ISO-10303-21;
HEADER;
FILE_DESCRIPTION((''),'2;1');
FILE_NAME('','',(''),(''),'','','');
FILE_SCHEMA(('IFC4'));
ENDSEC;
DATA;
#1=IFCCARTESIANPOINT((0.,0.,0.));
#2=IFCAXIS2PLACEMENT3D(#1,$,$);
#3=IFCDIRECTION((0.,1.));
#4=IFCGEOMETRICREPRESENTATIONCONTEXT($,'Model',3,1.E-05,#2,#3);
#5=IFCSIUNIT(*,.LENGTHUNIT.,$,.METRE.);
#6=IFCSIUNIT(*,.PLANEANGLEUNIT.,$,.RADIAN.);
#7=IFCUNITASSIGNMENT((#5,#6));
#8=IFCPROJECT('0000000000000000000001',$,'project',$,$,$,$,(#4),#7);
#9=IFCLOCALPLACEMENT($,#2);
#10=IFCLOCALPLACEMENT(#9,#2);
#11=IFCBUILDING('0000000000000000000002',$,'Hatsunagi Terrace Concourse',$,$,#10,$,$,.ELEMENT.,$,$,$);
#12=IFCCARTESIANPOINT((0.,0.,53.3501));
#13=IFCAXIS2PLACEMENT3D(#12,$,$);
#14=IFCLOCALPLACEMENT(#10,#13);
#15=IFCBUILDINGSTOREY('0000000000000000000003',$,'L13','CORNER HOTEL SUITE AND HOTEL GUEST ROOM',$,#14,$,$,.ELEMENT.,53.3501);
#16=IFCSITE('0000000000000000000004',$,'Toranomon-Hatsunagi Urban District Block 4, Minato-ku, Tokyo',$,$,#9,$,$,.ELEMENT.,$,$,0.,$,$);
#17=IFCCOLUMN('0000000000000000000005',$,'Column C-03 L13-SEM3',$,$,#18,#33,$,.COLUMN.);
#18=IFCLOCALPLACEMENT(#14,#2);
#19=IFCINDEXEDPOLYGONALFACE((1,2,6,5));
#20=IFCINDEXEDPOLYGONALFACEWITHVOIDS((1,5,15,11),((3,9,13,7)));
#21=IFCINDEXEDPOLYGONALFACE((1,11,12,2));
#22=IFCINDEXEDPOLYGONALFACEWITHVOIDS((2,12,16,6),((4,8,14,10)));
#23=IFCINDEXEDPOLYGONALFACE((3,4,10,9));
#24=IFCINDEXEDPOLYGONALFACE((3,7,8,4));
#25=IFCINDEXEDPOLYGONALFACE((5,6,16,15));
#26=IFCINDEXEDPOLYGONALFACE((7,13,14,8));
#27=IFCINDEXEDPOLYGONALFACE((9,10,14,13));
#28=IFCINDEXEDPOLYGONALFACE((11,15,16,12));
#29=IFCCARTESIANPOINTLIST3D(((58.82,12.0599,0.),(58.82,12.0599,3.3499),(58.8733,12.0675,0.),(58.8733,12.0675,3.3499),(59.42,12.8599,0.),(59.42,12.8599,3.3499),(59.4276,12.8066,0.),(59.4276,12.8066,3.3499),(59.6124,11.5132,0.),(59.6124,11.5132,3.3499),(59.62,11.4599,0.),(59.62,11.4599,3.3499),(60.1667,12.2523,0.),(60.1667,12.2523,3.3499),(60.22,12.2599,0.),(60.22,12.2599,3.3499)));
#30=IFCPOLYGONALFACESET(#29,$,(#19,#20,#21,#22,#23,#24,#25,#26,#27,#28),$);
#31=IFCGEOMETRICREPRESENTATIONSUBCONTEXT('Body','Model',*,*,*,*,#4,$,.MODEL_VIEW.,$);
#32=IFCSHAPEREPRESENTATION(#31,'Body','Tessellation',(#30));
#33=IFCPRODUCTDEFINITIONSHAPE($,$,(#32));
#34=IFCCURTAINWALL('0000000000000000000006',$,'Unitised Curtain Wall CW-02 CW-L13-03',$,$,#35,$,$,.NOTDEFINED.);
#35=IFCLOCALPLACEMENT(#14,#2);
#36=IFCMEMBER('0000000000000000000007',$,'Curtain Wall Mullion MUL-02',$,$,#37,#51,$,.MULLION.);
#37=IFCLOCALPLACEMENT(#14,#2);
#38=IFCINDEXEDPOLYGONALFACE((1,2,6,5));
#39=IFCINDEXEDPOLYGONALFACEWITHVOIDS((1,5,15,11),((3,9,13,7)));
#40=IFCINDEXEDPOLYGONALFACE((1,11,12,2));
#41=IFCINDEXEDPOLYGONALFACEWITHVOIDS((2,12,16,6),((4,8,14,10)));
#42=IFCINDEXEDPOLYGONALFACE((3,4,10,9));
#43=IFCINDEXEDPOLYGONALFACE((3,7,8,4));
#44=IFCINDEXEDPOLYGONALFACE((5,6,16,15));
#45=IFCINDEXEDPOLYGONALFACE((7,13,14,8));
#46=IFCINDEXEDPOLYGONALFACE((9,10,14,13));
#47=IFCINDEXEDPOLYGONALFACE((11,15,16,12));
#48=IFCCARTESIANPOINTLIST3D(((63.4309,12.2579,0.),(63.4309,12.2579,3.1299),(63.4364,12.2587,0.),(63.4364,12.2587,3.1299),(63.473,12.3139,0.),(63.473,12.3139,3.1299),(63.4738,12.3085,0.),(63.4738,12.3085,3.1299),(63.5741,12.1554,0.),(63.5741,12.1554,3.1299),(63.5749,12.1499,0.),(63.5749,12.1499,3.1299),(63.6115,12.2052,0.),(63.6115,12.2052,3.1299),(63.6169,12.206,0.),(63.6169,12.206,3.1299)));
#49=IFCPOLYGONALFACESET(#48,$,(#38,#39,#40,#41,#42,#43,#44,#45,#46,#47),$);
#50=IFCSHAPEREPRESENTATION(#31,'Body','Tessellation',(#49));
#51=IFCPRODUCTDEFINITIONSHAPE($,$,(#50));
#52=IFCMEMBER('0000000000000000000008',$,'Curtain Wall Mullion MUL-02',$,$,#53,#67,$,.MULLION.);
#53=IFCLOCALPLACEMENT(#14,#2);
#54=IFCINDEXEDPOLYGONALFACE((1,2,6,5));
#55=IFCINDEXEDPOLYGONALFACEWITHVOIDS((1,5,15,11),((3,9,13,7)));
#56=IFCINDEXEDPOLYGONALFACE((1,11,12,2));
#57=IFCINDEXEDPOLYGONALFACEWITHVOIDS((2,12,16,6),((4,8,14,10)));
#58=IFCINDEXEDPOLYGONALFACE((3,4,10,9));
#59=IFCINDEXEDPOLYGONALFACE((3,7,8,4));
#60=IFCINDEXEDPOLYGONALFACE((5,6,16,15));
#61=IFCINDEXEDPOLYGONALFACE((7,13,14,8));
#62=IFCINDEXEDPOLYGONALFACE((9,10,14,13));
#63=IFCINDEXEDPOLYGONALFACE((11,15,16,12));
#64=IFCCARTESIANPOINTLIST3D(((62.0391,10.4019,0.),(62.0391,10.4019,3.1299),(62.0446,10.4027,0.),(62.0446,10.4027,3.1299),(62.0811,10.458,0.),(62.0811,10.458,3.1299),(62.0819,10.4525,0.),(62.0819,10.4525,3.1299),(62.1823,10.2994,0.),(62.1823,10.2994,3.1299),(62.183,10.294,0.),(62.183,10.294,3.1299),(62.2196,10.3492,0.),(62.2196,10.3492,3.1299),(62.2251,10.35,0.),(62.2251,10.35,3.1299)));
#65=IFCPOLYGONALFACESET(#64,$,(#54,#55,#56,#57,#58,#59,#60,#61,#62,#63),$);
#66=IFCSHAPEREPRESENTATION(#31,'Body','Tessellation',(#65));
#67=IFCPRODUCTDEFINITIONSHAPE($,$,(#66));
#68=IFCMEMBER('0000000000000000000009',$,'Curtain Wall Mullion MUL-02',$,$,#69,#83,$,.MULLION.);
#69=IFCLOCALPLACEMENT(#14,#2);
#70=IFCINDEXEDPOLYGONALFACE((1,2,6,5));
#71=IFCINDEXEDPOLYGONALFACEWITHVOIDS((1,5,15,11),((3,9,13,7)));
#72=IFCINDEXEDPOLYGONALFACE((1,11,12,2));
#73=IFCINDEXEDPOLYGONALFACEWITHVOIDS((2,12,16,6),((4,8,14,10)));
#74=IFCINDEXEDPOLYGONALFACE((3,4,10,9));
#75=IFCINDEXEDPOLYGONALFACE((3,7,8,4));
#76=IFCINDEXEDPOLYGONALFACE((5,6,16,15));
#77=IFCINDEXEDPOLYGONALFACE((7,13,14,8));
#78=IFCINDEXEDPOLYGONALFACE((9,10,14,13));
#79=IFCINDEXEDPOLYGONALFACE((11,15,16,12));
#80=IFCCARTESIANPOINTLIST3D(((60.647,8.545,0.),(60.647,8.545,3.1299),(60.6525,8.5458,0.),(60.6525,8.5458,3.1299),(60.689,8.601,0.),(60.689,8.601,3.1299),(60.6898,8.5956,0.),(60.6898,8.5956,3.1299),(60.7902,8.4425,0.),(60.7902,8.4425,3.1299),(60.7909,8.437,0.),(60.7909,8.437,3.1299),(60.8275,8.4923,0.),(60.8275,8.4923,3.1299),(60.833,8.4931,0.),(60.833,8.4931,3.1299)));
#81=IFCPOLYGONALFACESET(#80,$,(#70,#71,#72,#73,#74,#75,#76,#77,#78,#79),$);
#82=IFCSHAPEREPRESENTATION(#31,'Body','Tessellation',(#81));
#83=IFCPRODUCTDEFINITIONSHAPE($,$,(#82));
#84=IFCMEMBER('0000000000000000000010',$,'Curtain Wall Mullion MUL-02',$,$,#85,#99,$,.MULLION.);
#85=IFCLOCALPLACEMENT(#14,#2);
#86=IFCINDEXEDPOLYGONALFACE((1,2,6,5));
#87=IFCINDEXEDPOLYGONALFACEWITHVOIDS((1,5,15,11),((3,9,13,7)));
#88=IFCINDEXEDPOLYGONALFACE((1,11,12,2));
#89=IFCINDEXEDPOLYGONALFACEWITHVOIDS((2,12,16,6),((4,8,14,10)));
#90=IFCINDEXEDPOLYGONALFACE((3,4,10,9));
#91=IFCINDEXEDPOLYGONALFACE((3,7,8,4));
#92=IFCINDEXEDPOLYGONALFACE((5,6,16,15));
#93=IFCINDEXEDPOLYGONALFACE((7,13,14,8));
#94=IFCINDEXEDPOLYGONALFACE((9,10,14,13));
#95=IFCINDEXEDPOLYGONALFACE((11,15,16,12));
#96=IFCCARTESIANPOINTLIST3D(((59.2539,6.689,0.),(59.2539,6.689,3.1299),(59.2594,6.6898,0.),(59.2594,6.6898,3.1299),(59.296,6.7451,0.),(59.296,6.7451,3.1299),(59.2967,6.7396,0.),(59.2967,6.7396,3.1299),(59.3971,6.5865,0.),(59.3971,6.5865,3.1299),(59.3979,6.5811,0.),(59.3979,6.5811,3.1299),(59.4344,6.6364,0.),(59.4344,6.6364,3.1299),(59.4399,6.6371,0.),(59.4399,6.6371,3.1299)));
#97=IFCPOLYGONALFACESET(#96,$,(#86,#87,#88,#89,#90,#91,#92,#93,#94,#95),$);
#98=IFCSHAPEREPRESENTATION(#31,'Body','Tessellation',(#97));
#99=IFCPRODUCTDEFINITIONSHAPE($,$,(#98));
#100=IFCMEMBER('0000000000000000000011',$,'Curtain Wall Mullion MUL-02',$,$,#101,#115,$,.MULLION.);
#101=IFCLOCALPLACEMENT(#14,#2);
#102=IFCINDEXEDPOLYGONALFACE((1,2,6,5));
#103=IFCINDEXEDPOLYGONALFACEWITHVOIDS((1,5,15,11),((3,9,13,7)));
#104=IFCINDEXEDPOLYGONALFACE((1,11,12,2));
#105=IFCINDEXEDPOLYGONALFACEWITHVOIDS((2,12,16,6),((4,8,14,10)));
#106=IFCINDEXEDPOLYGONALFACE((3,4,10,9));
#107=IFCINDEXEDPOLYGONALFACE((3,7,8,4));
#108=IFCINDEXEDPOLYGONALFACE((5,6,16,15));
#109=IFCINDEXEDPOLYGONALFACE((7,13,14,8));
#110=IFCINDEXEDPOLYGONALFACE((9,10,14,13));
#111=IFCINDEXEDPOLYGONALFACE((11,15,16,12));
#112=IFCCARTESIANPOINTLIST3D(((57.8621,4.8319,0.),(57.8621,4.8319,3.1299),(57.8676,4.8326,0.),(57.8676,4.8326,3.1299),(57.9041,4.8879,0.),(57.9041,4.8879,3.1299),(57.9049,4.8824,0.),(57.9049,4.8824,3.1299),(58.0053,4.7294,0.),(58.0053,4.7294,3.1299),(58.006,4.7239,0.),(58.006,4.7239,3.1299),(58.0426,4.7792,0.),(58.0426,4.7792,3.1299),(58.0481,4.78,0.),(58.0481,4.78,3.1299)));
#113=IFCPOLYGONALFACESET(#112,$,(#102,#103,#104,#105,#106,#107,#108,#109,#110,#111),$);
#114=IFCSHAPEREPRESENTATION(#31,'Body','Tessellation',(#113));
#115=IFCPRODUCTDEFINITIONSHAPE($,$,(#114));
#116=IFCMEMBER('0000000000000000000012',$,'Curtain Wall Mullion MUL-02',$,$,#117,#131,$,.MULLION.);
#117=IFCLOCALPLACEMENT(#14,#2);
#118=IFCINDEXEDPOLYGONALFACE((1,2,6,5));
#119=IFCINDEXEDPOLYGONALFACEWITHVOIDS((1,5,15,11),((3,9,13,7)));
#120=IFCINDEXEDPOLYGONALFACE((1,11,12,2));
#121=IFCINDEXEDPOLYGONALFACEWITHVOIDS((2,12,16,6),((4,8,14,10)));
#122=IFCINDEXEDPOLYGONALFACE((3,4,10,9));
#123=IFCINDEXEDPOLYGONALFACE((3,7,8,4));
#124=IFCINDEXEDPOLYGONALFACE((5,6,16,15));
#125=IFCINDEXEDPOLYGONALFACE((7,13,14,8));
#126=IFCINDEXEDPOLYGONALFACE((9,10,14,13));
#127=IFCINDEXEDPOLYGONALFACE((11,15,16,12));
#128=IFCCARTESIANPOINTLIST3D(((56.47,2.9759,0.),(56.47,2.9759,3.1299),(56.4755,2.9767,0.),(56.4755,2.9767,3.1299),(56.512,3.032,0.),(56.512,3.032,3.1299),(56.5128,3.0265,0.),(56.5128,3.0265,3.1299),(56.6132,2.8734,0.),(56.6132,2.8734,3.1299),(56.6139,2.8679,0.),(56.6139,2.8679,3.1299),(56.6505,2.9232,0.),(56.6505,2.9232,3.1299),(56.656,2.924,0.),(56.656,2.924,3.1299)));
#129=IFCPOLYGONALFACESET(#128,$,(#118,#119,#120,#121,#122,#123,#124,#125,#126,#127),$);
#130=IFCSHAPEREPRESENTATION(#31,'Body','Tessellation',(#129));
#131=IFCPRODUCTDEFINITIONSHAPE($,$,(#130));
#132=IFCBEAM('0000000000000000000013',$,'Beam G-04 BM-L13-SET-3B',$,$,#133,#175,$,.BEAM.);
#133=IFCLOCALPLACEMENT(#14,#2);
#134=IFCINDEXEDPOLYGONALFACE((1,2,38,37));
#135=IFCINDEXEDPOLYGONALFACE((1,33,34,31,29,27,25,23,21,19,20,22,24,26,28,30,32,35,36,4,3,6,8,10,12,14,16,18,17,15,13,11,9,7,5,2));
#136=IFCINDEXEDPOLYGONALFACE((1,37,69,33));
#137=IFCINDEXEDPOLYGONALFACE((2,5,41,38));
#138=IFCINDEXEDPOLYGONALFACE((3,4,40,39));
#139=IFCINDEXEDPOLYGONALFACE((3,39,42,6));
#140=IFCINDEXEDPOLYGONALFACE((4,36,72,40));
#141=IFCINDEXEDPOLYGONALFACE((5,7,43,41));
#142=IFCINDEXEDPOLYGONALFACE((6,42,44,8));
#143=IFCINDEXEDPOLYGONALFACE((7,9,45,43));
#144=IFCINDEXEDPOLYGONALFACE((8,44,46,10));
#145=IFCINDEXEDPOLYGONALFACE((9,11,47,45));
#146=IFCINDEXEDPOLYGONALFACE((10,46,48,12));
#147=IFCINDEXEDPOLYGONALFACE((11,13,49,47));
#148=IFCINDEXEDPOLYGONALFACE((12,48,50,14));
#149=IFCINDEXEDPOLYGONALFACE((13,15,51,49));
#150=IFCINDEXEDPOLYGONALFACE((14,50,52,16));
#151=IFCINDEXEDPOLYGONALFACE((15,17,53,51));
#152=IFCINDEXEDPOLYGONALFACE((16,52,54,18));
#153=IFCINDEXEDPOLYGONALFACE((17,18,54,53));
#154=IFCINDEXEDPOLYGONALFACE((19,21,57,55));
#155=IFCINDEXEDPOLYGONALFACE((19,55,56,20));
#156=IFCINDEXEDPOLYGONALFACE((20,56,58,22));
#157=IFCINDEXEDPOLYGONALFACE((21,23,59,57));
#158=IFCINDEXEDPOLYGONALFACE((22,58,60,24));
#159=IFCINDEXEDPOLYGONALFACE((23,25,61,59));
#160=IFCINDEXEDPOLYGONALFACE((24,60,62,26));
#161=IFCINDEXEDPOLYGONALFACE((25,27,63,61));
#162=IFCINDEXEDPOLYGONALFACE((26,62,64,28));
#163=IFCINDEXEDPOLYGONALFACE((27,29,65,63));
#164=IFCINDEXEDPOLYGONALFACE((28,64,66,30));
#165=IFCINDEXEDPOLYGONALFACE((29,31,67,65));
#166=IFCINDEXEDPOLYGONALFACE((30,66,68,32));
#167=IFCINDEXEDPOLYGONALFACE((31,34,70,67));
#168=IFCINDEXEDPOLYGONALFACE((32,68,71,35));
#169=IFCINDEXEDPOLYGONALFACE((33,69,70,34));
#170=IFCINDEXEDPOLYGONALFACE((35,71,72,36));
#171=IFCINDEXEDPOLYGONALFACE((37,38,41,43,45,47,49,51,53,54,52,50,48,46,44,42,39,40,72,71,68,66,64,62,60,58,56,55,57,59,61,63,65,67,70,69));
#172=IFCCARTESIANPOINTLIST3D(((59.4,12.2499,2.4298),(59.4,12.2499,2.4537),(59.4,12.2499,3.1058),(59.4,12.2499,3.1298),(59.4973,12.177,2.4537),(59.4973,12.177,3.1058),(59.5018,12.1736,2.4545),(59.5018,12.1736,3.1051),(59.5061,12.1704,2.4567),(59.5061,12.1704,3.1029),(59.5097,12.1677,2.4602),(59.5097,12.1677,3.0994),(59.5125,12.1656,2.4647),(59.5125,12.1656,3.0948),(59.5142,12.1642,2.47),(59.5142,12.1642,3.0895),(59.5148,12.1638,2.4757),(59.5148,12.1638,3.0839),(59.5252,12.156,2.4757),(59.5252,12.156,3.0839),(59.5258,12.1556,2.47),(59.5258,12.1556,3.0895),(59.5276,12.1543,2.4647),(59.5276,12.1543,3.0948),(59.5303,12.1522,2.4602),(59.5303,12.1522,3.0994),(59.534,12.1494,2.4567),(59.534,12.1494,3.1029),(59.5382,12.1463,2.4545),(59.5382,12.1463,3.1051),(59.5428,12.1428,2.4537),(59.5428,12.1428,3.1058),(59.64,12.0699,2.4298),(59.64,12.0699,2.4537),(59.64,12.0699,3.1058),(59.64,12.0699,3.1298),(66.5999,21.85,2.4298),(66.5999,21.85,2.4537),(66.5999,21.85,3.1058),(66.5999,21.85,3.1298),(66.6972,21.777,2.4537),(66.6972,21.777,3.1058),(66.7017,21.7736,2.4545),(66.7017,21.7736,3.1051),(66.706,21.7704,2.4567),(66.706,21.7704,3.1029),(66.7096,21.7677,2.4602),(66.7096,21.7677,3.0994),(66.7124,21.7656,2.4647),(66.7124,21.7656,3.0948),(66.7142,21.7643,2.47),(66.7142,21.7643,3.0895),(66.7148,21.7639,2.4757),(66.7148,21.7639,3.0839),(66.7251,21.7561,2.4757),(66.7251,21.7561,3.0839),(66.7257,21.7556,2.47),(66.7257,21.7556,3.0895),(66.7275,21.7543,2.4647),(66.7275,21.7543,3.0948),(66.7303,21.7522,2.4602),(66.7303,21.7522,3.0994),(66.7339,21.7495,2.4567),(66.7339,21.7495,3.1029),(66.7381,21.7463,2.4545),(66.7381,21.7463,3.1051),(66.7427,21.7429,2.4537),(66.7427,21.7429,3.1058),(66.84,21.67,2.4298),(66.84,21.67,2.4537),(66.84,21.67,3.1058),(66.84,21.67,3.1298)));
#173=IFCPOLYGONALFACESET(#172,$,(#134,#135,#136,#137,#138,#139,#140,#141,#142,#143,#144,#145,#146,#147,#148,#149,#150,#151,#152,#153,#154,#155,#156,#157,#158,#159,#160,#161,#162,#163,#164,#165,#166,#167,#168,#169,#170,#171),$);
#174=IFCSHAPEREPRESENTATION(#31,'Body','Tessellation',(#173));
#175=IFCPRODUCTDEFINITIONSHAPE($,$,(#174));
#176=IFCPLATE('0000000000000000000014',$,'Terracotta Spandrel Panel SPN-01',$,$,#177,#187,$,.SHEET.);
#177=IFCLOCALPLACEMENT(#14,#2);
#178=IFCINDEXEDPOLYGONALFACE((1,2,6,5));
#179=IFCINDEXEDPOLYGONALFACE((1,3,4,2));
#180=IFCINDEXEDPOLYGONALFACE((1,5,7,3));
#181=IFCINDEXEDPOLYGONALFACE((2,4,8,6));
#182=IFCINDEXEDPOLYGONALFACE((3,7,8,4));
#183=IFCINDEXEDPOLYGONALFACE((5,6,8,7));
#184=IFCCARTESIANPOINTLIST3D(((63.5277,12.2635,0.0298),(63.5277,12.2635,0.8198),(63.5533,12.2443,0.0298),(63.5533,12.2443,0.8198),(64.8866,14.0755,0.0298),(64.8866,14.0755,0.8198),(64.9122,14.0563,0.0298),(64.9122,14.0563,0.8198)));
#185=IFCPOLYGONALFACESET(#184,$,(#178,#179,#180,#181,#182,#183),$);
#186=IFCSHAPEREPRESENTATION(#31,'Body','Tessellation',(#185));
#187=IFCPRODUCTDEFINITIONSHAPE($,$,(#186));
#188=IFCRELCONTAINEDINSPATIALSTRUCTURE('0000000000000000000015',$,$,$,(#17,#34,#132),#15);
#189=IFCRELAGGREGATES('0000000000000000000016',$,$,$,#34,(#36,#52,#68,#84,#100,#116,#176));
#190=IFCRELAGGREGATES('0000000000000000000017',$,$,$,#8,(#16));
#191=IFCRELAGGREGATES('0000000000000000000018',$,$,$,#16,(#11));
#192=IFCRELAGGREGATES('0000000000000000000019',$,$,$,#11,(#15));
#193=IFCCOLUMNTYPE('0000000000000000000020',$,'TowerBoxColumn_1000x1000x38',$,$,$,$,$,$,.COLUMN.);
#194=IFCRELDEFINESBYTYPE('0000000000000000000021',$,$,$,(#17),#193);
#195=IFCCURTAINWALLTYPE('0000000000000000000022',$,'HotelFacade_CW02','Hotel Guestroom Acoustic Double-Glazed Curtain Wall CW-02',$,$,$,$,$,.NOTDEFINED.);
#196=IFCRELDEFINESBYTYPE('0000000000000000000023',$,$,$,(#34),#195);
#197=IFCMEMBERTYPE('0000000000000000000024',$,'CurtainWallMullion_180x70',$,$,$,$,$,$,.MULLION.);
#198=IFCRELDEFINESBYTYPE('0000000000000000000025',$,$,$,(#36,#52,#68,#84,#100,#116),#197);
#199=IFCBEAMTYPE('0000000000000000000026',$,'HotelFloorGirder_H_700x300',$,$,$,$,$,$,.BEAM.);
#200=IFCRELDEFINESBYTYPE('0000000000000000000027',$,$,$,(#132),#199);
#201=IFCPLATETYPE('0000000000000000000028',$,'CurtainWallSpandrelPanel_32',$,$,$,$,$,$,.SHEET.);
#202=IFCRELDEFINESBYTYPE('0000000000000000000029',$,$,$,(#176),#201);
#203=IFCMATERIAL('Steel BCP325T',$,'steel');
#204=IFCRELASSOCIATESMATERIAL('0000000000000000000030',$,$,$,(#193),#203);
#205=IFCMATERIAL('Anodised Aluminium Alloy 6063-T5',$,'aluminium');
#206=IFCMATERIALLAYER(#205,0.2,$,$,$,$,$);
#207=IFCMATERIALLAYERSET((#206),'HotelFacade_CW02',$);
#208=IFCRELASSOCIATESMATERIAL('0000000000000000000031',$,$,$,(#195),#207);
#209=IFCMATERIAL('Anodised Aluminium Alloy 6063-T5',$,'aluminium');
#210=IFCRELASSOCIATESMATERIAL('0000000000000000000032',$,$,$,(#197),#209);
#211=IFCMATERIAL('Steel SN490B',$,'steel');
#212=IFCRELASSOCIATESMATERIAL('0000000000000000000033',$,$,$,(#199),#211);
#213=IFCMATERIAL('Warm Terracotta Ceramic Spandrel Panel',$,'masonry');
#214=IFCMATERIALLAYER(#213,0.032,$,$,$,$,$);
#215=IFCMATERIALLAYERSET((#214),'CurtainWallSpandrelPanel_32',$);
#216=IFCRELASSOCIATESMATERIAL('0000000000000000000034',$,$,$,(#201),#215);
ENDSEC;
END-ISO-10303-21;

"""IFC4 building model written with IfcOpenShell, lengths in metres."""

from ifc_helpers import new_model, si_unit, direction, frame, origin, origin_2d, place, context, subcontext, project, spatial, rectangle, hollow_rectangle, i_section, extrude, material, layer, layer_set, material_profile, profile_set, type_object, element, aggregate, save


model = new_model("IFC4")

# Units and contexts
model_context = context("Model", 3, precision=1e-05, world=origin(), true_north=direction((0.0, 1.0)))
body_context = subcontext(model_context, "Body", "Model", "MODEL_VIEW")
ifc_project = project(units=[si_unit("LENGTHUNIT", "METRE"), si_unit("PLANEANGLEUNIT", "RADIAN")], contexts=[model_context])

# Site, building, storey
site_placement = place(None, origin())
site = spatial("IfcSite", under=ifc_project, at=site_placement, Name="Toranomon-Hatsunagi Urban District Block 4, Minato-ku, Tokyo", CompositionType="ELEMENT", RefElevation=0.0)
building_placement = place(site_placement, origin())
building = spatial("IfcBuilding", under=site, at=building_placement, Name="Hatsunagi Terrace Concourse", CompositionType="ELEMENT")
storey_placement = place(building_placement, frame((0.0, 0.0, 53.3501)))
storey = spatial("IfcBuildingStorey", under=building, at=storey_placement, Name="L13", Description="CORNER HOTEL SUITE AND HOTEL GUEST ROOM", CompositionType="ELEMENT", Elevation=53.3501)

# Column
ifc_material_1 = material(Name="Steel BCP325T", Category="steel")
ifc_material_profile_1 = material_profile(ifc_material_1, hollow_rectangle(XDim=1.0, YDim=1.0, WallThickness=0.0381, at=origin_2d()), Name="BCP-1000x1000x38")
ifc_profile_set_1 = profile_set([ifc_material_profile_1], Name="Steel BCP325T")
column_type = type_object("IfcColumnType", Name="TowerBoxColumn_1000x1000x38", PredefinedType="COLUMN", material=ifc_profile_set_1)
column_placement = place(storey_placement, frame((59.52, 12.1599, 0.0), z_axis=(0.0, 0.0, 1.0), x_axis=(0.8, -0.6, 0.0)))
element("IfcColumn", 1, at=column_placement, inside=storey, type_object=column_type, Name="Column C-03 L13-SEM3", PredefinedType="COLUMN", context=body_context, shape_type="SweptSolid", body=[
    extrude(hollow_rectangle(XDim=1.0, YDim=1.0, WallThickness=0.0381, at=origin_2d()), origin(), (0.0, 0.0, 1.0), 3.3499),
])

# Curtain wall, members
ifc_material_2 = material(Name="Anodised Aluminium Alloy 6063-T5", Category="aluminium")
ifc_layer_1 = layer(ifc_material_2, 0.2)
ifc_layer_set_1 = layer_set([ifc_layer_1], Name="HotelFacade_CW02")
curtain_wall_type = type_object("IfcCurtainWallType", Name="HotelFacade_CW02", Description="Hotel Guestroom Acoustic Double-Glazed Curtain Wall CW-02", PredefinedType="NOTDEFINED", material=ifc_layer_set_1)
curtain_wall_placement = place(storey_placement, origin())
curtain_wall = element("IfcCurtainWall", 2, at=curtain_wall_placement, inside=storey, type_object=curtain_wall_type, Name="Unitised Curtain Wall CW-02 CW-L13-03", PredefinedType="NOTDEFINED")
ifc_material_3 = material(Name="Anodised Aluminium Alloy 6063-T5", Category="aluminium")
ifc_material_profile_2 = material_profile(ifc_material_3, hollow_rectangle(XDim=0.0701, YDim=0.1799, WallThickness=0.0039, at=origin_2d()), Name="ALU-MUL-180x70x4")
ifc_profile_set_2 = profile_set([ifc_material_profile_2], Name="Anodised Aluminium Alloy 6063-T5")
member_type = type_object("IfcMemberType", Name="CurtainWallMullion_180x70", PredefinedType="MULLION", material=ifc_profile_set_2)
member_1_placement = place(storey_placement, frame((63.5239, 12.2319, 0.0), z_axis=(0.0, 0.0, 1.0), x_axis=(-0.599969, -0.800023, 0.0)))
member_1 = element("IfcMember", 3, at=member_1_placement, type_object=member_type, Name="Curtain Wall Mullion MUL-02", PredefinedType="MULLION", context=body_context, shape_type="SweptSolid", body=[
    extrude(hollow_rectangle(XDim=0.0701, YDim=0.1799, WallThickness=0.0039, at=origin_2d()), origin(), (0.0, 0.0, 1.0), 3.1299),
])
member_2_placement = place(storey_placement, frame((62.1321, 10.376, 0.0), z_axis=(0.0, 0.0, 1.0), x_axis=(-0.599969, -0.800023, 0.0)))
member_2 = element("IfcMember", 4, at=member_2_placement, type_object=member_type, Name="Curtain Wall Mullion MUL-02", PredefinedType="MULLION", context=body_context, shape_type="SweptSolid", body=[
    extrude(hollow_rectangle(XDim=0.0701, YDim=0.1799, WallThickness=0.0039, at=origin_2d()), origin(), (0.0, 0.0, 1.0), 3.1299),
])
member_3_placement = place(storey_placement, frame((60.74, 8.519, 0.0), z_axis=(0.0, 0.0, 1.0), x_axis=(-0.599969, -0.800023, 0.0)))
member_3 = element("IfcMember", 5, at=member_3_placement, type_object=member_type, Name="Curtain Wall Mullion MUL-02", PredefinedType="MULLION", context=body_context, shape_type="SweptSolid", body=[
    extrude(hollow_rectangle(XDim=0.0701, YDim=0.1799, WallThickness=0.0039, at=origin_2d()), origin(), (0.0, 0.0, 1.0), 3.1299),
])
member_4_placement = place(storey_placement, frame((59.3469, 6.6631, 0.0), z_axis=(0.0, 0.0, 1.0), x_axis=(-0.599969, -0.800023, 0.0)))
member_4 = element("IfcMember", 6, at=member_4_placement, type_object=member_type, Name="Curtain Wall Mullion MUL-02", PredefinedType="MULLION", context=body_context, shape_type="SweptSolid", body=[
    extrude(hollow_rectangle(XDim=0.0701, YDim=0.1799, WallThickness=0.0039, at=origin_2d()), origin(), (0.0, 0.0, 1.0), 3.1299),
])
member_5_placement = place(storey_placement, frame((57.9551, 4.8059, 0.0), z_axis=(0.0, 0.0, 1.0), x_axis=(-0.599969, -0.800023, 0.0)))
member_5 = element("IfcMember", 7, at=member_5_placement, type_object=member_type, Name="Curtain Wall Mullion MUL-02", PredefinedType="MULLION", context=body_context, shape_type="SweptSolid", body=[
    extrude(hollow_rectangle(XDim=0.0701, YDim=0.1799, WallThickness=0.0039, at=origin_2d()), origin(), (0.0, 0.0, 1.0), 3.1299),
])
member_6_placement = place(storey_placement, frame((56.563, 2.95, 0.0), z_axis=(0.0, 0.0, 1.0), x_axis=(-0.599969, -0.800023, 0.0)))
member_6 = element("IfcMember", 8, at=member_6_placement, type_object=member_type, Name="Curtain Wall Mullion MUL-02", PredefinedType="MULLION", context=body_context, shape_type="SweptSolid", body=[
    extrude(hollow_rectangle(XDim=0.0701, YDim=0.1799, WallThickness=0.0039, at=origin_2d()), origin(), (0.0, 0.0, 1.0), 3.1299),
])

# Beam
ifc_material_4 = material(Name="Steel SN490B", Category="steel")
ifc_material_profile_3 = material_profile(ifc_material_4, i_section(OverallWidth=0.3, OverallDepth=0.7, WebThickness=0.0129, FlangeThickness=0.0239, FilletRadius=0.022, at=origin_2d()), Name="H-700x300x13x24")
ifc_profile_set_3 = profile_set([ifc_material_profile_3], Name="Steel SN490B")
beam_type = type_object("IfcBeamType", Name="HotelFloorGirder_H_700x300", PredefinedType="BEAM", material=ifc_profile_set_3)
beam_placement = place(storey_placement, frame((59.52, 12.1599, 2.7798), z_axis=(0.599993, 0.800005, 0.0), x_axis=(-0.800005, 0.599993, 0.0)))
element("IfcBeam", 9, at=beam_placement, inside=storey, type_object=beam_type, Name="Beam G-04 BM-L13-SET-3B", PredefinedType="BEAM", context=body_context, shape_type="SweptSolid", body=[
    extrude(i_section(OverallWidth=0.3, OverallDepth=0.7, WebThickness=0.0129, FlangeThickness=0.0239, FilletRadius=0.022, at=origin_2d()), origin(), (0.0, 0.0, 1.0), 12.0),
])

# Plate
ifc_material_5 = material(Name="Warm Terracotta Ceramic Spandrel Panel", Category="masonry")
ifc_layer_2 = layer(ifc_material_5, 0.032)
ifc_layer_set_2 = layer_set([ifc_layer_2], Name="CurtainWallSpandrelPanel_32")
plate_type_1 = type_object("IfcPlateType", Name="CurtainWallSpandrelPanel_32", PredefinedType="SHEET", material=ifc_layer_set_2)
plate_1_placement = place(storey_placement, frame((64.22, 13.1599, 0.0298), z_axis=(0.0, 0.0, 1.0), x_axis=(-0.599969, -0.800023, 0.0)))
plate_1 = element("IfcPlate", 10, at=plate_1_placement, type_object=plate_type_1, Name="Terracotta Spandrel Panel SPN-01", PredefinedType="SHEET", context=body_context, shape_type="SweptSolid", body=[
    extrude(rectangle(XDim=2.2649, YDim=0.032, at=origin_2d()), origin(), (0.0, 0.0, 1.0), 0.79),
])
aggregate(curtain_wall, [member_1, member_2, member_3, member_4, member_5, member_6, plate_1])

save(model, "model.ifc")
